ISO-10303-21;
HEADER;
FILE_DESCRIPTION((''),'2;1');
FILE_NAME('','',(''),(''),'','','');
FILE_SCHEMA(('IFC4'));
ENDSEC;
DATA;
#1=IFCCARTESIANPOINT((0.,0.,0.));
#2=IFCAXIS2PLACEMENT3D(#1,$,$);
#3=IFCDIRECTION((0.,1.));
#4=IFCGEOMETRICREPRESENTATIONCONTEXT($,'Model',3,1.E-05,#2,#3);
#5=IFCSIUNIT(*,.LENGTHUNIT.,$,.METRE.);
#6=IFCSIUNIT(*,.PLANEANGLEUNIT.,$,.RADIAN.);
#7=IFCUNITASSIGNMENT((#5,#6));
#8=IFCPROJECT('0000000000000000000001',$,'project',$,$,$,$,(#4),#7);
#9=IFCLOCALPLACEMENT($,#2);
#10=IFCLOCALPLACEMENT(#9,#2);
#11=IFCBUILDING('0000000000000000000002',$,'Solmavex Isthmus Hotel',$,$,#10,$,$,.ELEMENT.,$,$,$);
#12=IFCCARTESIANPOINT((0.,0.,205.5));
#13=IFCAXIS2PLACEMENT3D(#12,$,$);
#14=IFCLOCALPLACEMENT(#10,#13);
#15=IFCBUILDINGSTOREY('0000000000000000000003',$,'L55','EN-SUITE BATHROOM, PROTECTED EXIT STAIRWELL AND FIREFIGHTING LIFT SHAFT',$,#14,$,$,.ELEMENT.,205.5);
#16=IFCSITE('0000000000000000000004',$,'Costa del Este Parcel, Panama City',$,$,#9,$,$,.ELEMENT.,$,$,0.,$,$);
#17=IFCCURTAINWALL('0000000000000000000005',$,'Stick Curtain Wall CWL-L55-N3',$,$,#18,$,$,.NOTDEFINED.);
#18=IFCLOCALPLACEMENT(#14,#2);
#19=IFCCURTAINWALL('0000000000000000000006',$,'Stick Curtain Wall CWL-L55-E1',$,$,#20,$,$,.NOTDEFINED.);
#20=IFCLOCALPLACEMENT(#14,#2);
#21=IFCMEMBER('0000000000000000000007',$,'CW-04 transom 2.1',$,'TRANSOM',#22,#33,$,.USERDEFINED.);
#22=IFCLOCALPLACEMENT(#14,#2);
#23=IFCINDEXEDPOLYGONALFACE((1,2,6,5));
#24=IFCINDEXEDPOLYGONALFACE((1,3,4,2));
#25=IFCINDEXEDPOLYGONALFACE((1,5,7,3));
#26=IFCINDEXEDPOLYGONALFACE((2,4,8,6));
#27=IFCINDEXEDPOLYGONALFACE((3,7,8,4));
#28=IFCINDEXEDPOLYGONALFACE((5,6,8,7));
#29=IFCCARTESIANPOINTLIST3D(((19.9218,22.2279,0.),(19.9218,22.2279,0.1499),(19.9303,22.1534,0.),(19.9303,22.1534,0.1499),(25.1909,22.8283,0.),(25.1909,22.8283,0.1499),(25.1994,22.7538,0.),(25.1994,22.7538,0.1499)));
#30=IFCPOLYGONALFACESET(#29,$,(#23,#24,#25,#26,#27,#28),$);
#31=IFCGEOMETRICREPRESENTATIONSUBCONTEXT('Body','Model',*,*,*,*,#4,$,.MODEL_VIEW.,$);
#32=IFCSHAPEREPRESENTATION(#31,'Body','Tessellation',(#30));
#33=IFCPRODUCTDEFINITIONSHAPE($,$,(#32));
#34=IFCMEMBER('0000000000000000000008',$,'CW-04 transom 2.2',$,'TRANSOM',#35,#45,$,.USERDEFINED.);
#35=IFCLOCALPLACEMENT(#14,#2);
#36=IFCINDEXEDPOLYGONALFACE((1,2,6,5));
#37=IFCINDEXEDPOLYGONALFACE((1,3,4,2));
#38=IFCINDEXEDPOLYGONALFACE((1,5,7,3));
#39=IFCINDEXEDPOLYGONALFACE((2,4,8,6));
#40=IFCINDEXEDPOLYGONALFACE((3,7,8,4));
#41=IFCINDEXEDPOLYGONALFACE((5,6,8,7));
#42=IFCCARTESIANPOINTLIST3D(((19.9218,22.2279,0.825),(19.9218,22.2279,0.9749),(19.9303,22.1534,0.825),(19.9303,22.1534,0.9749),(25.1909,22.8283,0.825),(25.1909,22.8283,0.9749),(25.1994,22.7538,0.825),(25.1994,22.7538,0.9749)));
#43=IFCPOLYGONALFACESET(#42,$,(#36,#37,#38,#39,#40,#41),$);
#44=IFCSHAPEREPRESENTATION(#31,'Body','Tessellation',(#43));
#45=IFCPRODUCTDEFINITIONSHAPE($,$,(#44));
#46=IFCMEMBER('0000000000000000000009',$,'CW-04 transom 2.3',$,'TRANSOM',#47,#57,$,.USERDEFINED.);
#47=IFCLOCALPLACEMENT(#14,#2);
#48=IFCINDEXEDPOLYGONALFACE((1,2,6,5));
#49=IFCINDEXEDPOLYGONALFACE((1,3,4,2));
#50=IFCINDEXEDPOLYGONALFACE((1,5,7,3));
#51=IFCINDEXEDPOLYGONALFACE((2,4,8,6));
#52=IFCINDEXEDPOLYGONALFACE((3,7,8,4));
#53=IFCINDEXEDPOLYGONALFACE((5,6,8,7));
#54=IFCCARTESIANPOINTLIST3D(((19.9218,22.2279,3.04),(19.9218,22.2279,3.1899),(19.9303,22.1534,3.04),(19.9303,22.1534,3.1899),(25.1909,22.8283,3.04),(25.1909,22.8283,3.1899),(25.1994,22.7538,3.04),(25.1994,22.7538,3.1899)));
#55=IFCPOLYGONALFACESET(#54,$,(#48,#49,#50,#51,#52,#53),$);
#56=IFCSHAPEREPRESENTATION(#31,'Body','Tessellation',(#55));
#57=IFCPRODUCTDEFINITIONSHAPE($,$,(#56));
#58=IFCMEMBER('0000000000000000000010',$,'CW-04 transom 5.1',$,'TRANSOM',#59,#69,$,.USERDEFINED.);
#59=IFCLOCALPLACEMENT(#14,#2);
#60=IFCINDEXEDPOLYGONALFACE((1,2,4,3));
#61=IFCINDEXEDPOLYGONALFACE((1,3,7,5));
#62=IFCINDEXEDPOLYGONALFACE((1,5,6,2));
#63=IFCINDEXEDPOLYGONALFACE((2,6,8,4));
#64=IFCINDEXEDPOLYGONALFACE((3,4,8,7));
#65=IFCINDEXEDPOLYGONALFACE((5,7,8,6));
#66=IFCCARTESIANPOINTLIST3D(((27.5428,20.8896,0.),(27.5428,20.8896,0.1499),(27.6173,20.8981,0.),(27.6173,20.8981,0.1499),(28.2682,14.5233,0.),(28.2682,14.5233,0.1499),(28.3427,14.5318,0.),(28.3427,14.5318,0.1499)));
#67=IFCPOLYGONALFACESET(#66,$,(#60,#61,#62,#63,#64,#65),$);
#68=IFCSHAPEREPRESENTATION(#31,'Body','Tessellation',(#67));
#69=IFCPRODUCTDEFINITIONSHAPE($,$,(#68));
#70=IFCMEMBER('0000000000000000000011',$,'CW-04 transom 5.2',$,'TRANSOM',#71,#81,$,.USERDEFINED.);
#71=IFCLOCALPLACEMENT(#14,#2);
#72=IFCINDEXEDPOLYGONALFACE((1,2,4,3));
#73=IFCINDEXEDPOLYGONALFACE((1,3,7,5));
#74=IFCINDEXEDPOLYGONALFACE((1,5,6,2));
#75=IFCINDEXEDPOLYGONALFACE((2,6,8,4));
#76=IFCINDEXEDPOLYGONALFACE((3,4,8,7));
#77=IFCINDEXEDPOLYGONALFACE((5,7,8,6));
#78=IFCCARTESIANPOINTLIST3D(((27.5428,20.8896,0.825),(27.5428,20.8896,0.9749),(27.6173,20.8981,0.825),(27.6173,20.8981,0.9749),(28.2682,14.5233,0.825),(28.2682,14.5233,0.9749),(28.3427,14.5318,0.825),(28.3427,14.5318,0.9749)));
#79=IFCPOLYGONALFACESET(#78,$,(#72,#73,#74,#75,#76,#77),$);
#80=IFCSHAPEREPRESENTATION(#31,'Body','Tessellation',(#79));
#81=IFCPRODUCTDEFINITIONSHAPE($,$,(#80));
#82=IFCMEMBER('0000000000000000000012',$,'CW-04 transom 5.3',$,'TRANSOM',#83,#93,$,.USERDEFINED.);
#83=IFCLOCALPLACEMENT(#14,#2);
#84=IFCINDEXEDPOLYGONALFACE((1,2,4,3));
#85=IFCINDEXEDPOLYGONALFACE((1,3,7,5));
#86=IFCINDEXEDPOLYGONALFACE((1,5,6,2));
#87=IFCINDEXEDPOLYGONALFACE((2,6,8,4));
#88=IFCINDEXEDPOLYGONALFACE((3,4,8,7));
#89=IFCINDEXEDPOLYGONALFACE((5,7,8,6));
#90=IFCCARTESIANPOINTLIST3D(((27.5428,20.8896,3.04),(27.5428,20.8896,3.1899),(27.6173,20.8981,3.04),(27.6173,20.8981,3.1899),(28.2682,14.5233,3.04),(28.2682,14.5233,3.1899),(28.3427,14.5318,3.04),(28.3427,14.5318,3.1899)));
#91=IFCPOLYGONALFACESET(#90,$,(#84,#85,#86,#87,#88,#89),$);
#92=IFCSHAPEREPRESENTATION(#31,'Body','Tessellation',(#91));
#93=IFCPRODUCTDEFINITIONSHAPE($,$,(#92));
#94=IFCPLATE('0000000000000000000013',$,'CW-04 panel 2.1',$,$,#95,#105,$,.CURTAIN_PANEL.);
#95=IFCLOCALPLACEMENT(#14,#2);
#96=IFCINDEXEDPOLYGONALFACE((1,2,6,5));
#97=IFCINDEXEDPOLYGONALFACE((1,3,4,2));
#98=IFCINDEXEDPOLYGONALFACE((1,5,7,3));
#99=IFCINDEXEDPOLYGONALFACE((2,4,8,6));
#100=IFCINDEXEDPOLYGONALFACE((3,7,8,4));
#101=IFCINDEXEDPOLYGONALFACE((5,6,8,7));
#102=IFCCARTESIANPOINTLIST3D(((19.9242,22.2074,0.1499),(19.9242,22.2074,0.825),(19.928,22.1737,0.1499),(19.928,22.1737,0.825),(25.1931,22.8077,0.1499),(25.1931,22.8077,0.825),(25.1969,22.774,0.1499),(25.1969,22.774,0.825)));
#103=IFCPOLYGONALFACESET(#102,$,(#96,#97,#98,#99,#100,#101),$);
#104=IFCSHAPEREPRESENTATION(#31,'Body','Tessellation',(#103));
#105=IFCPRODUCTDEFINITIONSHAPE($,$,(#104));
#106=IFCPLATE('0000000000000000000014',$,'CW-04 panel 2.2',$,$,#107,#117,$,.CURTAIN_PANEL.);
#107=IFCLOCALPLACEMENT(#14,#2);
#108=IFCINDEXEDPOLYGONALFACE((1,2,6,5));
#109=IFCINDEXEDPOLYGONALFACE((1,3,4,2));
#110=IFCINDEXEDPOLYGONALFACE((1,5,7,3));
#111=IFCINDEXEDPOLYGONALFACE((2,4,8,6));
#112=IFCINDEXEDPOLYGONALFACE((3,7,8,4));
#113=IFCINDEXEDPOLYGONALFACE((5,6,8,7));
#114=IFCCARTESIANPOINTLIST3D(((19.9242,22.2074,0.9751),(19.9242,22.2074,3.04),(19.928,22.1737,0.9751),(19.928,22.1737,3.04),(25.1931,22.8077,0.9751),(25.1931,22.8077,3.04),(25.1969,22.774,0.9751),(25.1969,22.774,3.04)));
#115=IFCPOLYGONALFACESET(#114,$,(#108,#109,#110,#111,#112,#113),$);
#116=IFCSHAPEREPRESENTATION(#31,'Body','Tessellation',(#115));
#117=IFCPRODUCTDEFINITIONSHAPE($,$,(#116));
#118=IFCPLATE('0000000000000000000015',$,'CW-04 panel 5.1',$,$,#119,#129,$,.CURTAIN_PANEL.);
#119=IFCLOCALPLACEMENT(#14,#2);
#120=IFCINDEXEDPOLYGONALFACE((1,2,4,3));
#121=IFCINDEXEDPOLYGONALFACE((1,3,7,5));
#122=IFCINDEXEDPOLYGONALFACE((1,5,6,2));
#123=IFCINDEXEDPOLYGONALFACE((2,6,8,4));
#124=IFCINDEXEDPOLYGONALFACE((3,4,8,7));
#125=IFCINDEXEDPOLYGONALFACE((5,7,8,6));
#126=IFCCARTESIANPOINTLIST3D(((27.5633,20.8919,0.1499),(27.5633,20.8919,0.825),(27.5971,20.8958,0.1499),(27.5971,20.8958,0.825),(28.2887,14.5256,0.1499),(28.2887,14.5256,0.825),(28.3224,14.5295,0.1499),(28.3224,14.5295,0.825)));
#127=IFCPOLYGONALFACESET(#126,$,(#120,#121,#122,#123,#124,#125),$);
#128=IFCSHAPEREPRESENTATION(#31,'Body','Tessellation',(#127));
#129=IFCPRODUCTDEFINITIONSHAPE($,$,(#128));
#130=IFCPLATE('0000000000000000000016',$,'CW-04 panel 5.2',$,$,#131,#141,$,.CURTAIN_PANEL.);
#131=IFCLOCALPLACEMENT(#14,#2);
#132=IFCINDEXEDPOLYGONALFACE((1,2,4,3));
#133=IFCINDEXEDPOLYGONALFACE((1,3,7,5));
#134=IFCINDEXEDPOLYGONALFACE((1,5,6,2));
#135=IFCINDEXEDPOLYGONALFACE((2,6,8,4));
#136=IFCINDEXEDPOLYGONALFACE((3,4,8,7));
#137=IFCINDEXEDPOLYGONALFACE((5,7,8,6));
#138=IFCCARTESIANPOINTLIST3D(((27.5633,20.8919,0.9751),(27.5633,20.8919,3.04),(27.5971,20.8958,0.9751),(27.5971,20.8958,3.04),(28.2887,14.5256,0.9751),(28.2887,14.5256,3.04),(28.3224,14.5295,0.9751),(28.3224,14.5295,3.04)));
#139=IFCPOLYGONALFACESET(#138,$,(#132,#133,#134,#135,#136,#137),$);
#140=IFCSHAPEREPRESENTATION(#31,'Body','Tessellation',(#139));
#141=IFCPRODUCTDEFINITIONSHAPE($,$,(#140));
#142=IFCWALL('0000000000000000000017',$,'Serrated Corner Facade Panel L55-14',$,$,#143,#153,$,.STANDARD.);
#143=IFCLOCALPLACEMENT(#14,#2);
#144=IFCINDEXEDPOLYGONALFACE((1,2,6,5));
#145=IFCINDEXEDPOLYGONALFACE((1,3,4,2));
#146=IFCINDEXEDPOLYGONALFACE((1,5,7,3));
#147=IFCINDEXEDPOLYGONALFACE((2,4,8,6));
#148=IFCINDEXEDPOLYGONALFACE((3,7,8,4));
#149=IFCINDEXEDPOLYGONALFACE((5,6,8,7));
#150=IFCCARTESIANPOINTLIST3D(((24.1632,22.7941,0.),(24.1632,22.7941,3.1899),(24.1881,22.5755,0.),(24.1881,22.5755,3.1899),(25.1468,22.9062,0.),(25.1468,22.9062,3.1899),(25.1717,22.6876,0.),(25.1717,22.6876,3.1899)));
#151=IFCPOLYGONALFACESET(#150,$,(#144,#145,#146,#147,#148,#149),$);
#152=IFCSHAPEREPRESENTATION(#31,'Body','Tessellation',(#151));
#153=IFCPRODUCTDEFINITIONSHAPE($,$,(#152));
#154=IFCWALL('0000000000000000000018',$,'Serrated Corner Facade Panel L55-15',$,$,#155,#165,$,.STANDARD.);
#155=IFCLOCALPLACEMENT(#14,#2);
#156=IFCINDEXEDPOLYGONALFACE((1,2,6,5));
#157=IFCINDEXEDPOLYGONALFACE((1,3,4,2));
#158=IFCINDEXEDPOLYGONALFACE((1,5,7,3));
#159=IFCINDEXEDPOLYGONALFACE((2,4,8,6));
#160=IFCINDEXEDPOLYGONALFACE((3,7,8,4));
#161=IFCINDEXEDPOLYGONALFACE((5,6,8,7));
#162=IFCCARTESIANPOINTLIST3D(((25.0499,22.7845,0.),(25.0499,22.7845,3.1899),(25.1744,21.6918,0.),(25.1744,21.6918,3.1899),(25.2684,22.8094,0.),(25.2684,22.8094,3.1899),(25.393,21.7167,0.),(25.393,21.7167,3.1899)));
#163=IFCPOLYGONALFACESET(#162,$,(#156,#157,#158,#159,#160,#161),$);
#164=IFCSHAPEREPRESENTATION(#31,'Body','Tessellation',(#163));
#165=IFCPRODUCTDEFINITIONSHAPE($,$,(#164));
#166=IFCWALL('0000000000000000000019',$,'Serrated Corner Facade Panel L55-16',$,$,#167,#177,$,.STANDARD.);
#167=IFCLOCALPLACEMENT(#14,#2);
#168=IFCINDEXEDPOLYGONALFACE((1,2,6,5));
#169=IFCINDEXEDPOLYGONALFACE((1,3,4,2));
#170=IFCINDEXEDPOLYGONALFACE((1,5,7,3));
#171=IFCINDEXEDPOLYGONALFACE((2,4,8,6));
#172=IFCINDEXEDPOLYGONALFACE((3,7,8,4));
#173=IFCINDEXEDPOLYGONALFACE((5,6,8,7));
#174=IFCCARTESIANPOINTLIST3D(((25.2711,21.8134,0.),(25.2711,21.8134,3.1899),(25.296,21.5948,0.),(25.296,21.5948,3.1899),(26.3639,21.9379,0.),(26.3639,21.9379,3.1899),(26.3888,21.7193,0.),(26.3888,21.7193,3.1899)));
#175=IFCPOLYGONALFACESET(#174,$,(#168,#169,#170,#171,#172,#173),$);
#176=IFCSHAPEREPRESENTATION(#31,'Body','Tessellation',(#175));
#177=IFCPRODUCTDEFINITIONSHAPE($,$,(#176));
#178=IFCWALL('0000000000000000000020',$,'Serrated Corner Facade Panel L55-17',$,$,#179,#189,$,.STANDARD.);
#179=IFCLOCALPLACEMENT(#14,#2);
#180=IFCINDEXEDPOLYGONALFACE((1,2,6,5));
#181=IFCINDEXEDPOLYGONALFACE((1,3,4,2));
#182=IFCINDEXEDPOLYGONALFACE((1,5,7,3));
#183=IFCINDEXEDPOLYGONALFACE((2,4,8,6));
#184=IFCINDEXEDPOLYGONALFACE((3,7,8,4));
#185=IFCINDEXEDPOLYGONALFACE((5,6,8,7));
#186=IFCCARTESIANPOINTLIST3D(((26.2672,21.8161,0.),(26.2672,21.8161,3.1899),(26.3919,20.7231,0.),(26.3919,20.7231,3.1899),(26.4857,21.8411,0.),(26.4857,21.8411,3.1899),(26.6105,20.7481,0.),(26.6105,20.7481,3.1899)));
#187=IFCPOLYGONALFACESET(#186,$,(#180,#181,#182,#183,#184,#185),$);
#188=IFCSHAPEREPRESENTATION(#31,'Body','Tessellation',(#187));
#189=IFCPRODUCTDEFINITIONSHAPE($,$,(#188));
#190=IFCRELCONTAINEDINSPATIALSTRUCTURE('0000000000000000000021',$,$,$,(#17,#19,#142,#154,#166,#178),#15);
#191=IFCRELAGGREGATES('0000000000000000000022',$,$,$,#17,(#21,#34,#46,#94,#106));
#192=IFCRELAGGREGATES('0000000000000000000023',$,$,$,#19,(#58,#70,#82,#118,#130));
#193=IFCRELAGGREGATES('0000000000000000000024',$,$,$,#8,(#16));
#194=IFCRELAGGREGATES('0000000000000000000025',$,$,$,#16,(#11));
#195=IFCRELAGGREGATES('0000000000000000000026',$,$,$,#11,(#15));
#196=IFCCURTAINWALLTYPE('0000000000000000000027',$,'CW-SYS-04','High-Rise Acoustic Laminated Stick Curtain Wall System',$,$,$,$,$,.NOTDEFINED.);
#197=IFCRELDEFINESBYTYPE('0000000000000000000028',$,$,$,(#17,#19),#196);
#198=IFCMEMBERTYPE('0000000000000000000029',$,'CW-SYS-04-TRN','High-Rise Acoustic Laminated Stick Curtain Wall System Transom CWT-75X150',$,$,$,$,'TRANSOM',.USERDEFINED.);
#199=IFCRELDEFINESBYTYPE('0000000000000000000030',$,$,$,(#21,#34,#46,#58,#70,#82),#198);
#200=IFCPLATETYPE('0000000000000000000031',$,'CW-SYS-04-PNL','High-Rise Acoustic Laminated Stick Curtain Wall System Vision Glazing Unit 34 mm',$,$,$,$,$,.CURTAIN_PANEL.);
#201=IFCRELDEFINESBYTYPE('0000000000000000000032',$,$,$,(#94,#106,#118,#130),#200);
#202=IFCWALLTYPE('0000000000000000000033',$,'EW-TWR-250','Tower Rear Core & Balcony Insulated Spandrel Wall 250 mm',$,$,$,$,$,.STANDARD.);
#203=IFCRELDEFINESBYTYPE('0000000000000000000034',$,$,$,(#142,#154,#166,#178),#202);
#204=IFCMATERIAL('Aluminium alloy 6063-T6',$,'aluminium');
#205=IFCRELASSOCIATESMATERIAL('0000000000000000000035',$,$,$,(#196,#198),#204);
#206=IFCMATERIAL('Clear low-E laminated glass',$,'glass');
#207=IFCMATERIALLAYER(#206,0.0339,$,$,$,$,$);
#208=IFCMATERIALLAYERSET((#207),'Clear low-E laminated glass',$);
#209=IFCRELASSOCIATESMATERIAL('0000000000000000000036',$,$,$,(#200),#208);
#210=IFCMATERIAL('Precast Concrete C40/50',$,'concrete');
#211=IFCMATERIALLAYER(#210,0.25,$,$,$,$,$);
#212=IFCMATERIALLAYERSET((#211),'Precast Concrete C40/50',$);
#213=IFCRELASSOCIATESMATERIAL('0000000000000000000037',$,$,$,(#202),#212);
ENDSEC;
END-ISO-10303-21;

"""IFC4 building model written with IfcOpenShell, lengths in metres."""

from ifc_helpers import new_model, si_unit, direction, frame, frame_2d, origin, origin_2d, place, context, subcontext, project, spatial, rectangle, extrude, material, layer, layer_set, material_profile, profile_set, type_object, element, aggregate, save


model = new_model("IFC4")

# Units and contexts
model_context = context("Model", 3, precision=1e-05, world=origin(), true_north=direction((0.0, 1.0)))
body_context = subcontext(model_context, "Body", "Model", "MODEL_VIEW")
ifc_project = project(units=[si_unit("LENGTHUNIT", "METRE"), si_unit("PLANEANGLEUNIT", "RADIAN")], contexts=[model_context])

# Site, building, storey
site_placement = place(None, origin())
site = spatial("IfcSite", under=ifc_project, at=site_placement, Name="Costa del Este Parcel, Panama City", CompositionType="ELEMENT", RefElevation=0.0)
building_placement = place(site_placement, origin())
building = spatial("IfcBuilding", under=site, at=building_placement, Name="Solmavex Isthmus Hotel", CompositionType="ELEMENT")
storey_placement = place(building_placement, frame((0.0, 0.0, 205.5)))
storey = spatial("IfcBuildingStorey", under=building, at=storey_placement, Name="L55", Description="EN-SUITE BATHROOM, PROTECTED EXIT STAIRWELL AND FIREFIGHTING LIFT SHAFT", CompositionType="ELEMENT", Elevation=205.5)

# Curtain walls
ifc_material_1 = material(Name="Aluminium alloy 6063-T6", Category="aluminium")
curtain_wall_type = type_object("IfcCurtainWallType", Name="CW-SYS-04", Description="High-Rise Acoustic Laminated Stick Curtain Wall System", PredefinedType="NOTDEFINED", material=ifc_material_1)
curtain_wall_1_placement = place(storey_placement, origin())
curtain_wall_1 = element("IfcCurtainWall", 1, at=curtain_wall_1_placement, inside=storey, type_object=curtain_wall_type, Name="Stick Curtain Wall CWL-L55-N3", PredefinedType="NOTDEFINED")
curtain_wall_2_placement = place(storey_placement, origin())
curtain_wall_2 = element("IfcCurtainWall", 2, at=curtain_wall_2_placement, inside=storey, type_object=curtain_wall_type, Name="Stick Curtain Wall CWL-L55-E1", PredefinedType="NOTDEFINED")

# Members
ifc_material_profile_1 = material_profile(ifc_material_1, rectangle(XDim=0.075, YDim=0.1499, at=origin_2d()), Name="CWT-75X150")
ifc_profile_set_1 = profile_set([ifc_material_profile_1], Name="Aluminium alloy 6063-T6")
member_type_1 = type_object("IfcMemberType", Name="CW-SYS-04-TRN", Description="High-Rise Acoustic Laminated Stick Curtain Wall System Transom CWT-75X150", ElementType="TRANSOM", PredefinedType="USERDEFINED", material=ifc_profile_set_1)
member_1_placement = place(storey_placement, frame((19.926, 22.1907, 0.075), z_axis=(0.993572, 0.113205, 0.0), x_axis=(-0.113205, 0.993572, 0.0)))
member_1 = element("IfcMember", 3, at=member_1_placement, type_object=member_type_1, Name="CW-04 transom 2.1", ObjectType="TRANSOM", PredefinedType="USERDEFINED", context=body_context, shape_type="SweptSolid", body=[
    extrude(rectangle(XDim=0.075, YDim=0.1499, at=origin_2d()), origin(), (0.0, 0.0, 1.0), 5.3032),
])
member_2_placement = place(storey_placement, frame((19.926, 22.1907, 0.8999), z_axis=(0.993572, 0.113205, 0.0), x_axis=(-0.113205, 0.993572, 0.0)))
member_2 = element("IfcMember", 4, at=member_2_placement, type_object=member_type_1, Name="CW-04 transom 2.2", ObjectType="TRANSOM", PredefinedType="USERDEFINED", context=body_context, shape_type="SweptSolid", body=[
    extrude(rectangle(XDim=0.075, YDim=0.1499, at=origin_2d()), origin(), (0.0, 0.0, 1.0), 5.3032),
])
member_3_placement = place(storey_placement, frame((19.926, 22.1907, 3.115), z_axis=(0.993572, 0.113205, 0.0), x_axis=(-0.113205, 0.993572, 0.0)))
member_3 = element("IfcMember", 5, at=member_3_placement, type_object=member_type_1, Name="CW-04 transom 2.3", ObjectType="TRANSOM", PredefinedType="USERDEFINED", context=body_context, shape_type="SweptSolid", body=[
    extrude(rectangle(XDim=0.075, YDim=0.1499, at=origin_2d()), origin(), (0.0, 0.0, 1.0), 5.3032),
])
member_4_placement = place(storey_placement, frame((28.3054, 14.5276, 0.075), z_axis=(-0.113204, 0.993572, 0.0), x_axis=(-0.993572, -0.113204, 0.0)))
member_4 = element("IfcMember", 6, at=member_4_placement, type_object=member_type_1, Name="CW-04 transom 5.1", ObjectType="TRANSOM", PredefinedType="USERDEFINED", context=body_context, shape_type="SweptSolid", body=[
    extrude(rectangle(XDim=0.075, YDim=0.1499, at=origin_2d()), origin(), (0.0, 0.0, 1.0), 6.4075),
])
member_5_placement = place(storey_placement, frame((28.3054, 14.5276, 0.8999), z_axis=(-0.113204, 0.993572, 0.0), x_axis=(-0.993572, -0.113204, 0.0)))
member_5 = element("IfcMember", 7, at=member_5_placement, type_object=member_type_1, Name="CW-04 transom 5.2", ObjectType="TRANSOM", PredefinedType="USERDEFINED", context=body_context, shape_type="SweptSolid", body=[
    extrude(rectangle(XDim=0.075, YDim=0.1499, at=origin_2d()), origin(), (0.0, 0.0, 1.0), 6.4075),
])
member_6_placement = place(storey_placement, frame((28.3054, 14.5276, 3.115), z_axis=(-0.113204, 0.993572, 0.0), x_axis=(-0.993572, -0.113204, 0.0)))
member_6 = element("IfcMember", 8, at=member_6_placement, type_object=member_type_1, Name="CW-04 transom 5.3", ObjectType="TRANSOM", PredefinedType="USERDEFINED", context=body_context, shape_type="SweptSolid", body=[
    extrude(rectangle(XDim=0.075, YDim=0.1499, at=origin_2d()), origin(), (0.0, 0.0, 1.0), 6.4075),
])

# Plates
ifc_material_2 = material(Name="Clear low-E laminated glass", Category="glass")
ifc_layer_1 = layer(ifc_material_2, 0.0339)
ifc_layer_set_1 = layer_set([ifc_layer_1], Name="Clear low-E laminated glass")
plate_type = type_object("IfcPlateType", Name="CW-SYS-04-PNL", Description="High-Rise Acoustic Laminated Stick Curtain Wall System Vision Glazing Unit 34 mm", PredefinedType="CURTAIN_PANEL", material=ifc_layer_set_1)
plate_1_placement = place(storey_placement, frame((22.5605, 22.4907, 0.1499), z_axis=(0.0, 0.0, 1.0), x_axis=(0.993572, 0.113204, 0.0)))
plate_1 = element("IfcPlate", 9, at=plate_1_placement, type_object=plate_type, Name="CW-04 panel 2.1", PredefinedType="CURTAIN_PANEL", context=body_context, shape_type="SweptSolid", body=[
    extrude(rectangle(XDim=5.303, YDim=0.0339, at=origin_2d()), origin(), (0.0, 0.0, 1.0), 0.675),
])
plate_2_placement = place(storey_placement, frame((22.5605, 22.4907, 0.9751), z_axis=(0.0, 0.0, 1.0), x_axis=(0.993572, 0.113204, 0.0)))
plate_2 = element("IfcPlate", 10, at=plate_2_placement, type_object=plate_type, Name="CW-04 panel 2.2", PredefinedType="CURTAIN_PANEL", context=body_context, shape_type="SweptSolid", body=[
    extrude(rectangle(XDim=5.303, YDim=0.0339, at=origin_2d()), origin(), (0.0, 0.0, 1.0), 2.0649),
])
aggregate(curtain_wall_1, [member_1, member_2, member_3, plate_1, plate_2])
plate_3_placement = place(storey_placement, frame((27.9429, 17.7107, 0.1499), z_axis=(0.0, 0.0, 1.0), x_axis=(-0.113203, 0.993572, 0.0)))
plate_3 = element("IfcPlate", 11, at=plate_3_placement, type_object=plate_type, Name="CW-04 panel 5.1", PredefinedType="CURTAIN_PANEL", context=body_context, shape_type="SweptSolid", body=[
    extrude(rectangle(XDim=6.4075, YDim=0.0339, at=origin_2d()), origin(), (0.0, 0.0, 1.0), 0.675),
])
plate_4_placement = place(storey_placement, frame((27.9429, 17.7107, 0.9751), z_axis=(0.0, 0.0, 1.0), x_axis=(-0.113203, 0.993572, 0.0)))
plate_4 = element("IfcPlate", 12, at=plate_4_placement, type_object=plate_type, Name="CW-04 panel 5.2", PredefinedType="CURTAIN_PANEL", context=body_context, shape_type="SweptSolid", body=[
    extrude(rectangle(XDim=6.4075, YDim=0.0339, at=origin_2d()), origin(), (0.0, 0.0, 1.0), 2.0649),
])
aggregate(curtain_wall_2, [member_4, member_5, member_6, plate_3, plate_4])

# Walls
ifc_material_3 = material(Name="Precast Concrete C40/50", Category="concrete")
ifc_layer_2 = layer(ifc_material_3, 0.25)
ifc_layer_set_2 = layer_set([ifc_layer_2], Name="Precast Concrete C40/50")
wall_type_1 = type_object("IfcWallType", Name="EW-TWR-250", Description="Tower Rear Core & Balcony Insulated Spandrel Wall 250 mm", PredefinedType="STANDARD", material=ifc_layer_set_2)
wall_1_placement = place(storey_placement, frame((24.1755, 22.6848, 0.0), z_axis=(0.0, 0.0, 1.0), x_axis=(0.993573, 0.113192, 0.0)))
element("IfcWall", 13, at=wall_1_placement, inside=storey, type_object=wall_type_1, Name="Serrated Corner Facade Panel L55-14", PredefinedType="STANDARD", context=body_context, shape_type="SweptSolid", body=[
    extrude(rectangle(XDim=0.99, YDim=0.22, at=frame_2d((0.4951, 0.0))), origin(), (0.0, 0.0, 1.0), 3.1899),
])
for number, where, z_axis, x_axis, name in (
    (14, (25.1592, 22.7969, 0.0), (0.0, 0.0, 1.0), (0.113209, -0.993571, 0.0), "Serrated Corner Facade Panel L55-15"),
    (15, (25.2837, 21.7041, 0.0), (0.0, 0.0, 1.0), (0.993571, 0.113209, 0.0), "Serrated Corner Facade Panel L55-16"),
):
    element("IfcWall", number, at=place(storey_placement, frame(where, z_axis=z_axis, x_axis=x_axis)), inside=storey, type_object=wall_type_1, Name=name, PredefinedType="STANDARD", context=body_context, shape_type="SweptSolid", body=[
        extrude(rectangle(XDim=1.0999, YDim=0.22, at=frame_2d((0.5498, 0.0))), origin(), (0.0, 0.0, 1.0), 3.1899),
    ])
wall_2_placement = place(storey_placement, frame((26.3765, 21.8286, 0.0), z_axis=(0.0, 0.0, 1.0), x_axis=(0.113403, -0.993549, 0.0)))
element("IfcWall", 16, at=wall_2_placement, inside=storey, type_object=wall_type_1, Name="Serrated Corner Facade Panel L55-17", PredefinedType="STANDARD", context=body_context, shape_type="SweptSolid", body=[
    extrude(rectangle(XDim=1.1001, YDim=0.22, at=frame_2d((0.55, 0.0))), origin(), (0.0, 0.0, 1.0), 3.1899),
])

save(model, "model.ifc")
